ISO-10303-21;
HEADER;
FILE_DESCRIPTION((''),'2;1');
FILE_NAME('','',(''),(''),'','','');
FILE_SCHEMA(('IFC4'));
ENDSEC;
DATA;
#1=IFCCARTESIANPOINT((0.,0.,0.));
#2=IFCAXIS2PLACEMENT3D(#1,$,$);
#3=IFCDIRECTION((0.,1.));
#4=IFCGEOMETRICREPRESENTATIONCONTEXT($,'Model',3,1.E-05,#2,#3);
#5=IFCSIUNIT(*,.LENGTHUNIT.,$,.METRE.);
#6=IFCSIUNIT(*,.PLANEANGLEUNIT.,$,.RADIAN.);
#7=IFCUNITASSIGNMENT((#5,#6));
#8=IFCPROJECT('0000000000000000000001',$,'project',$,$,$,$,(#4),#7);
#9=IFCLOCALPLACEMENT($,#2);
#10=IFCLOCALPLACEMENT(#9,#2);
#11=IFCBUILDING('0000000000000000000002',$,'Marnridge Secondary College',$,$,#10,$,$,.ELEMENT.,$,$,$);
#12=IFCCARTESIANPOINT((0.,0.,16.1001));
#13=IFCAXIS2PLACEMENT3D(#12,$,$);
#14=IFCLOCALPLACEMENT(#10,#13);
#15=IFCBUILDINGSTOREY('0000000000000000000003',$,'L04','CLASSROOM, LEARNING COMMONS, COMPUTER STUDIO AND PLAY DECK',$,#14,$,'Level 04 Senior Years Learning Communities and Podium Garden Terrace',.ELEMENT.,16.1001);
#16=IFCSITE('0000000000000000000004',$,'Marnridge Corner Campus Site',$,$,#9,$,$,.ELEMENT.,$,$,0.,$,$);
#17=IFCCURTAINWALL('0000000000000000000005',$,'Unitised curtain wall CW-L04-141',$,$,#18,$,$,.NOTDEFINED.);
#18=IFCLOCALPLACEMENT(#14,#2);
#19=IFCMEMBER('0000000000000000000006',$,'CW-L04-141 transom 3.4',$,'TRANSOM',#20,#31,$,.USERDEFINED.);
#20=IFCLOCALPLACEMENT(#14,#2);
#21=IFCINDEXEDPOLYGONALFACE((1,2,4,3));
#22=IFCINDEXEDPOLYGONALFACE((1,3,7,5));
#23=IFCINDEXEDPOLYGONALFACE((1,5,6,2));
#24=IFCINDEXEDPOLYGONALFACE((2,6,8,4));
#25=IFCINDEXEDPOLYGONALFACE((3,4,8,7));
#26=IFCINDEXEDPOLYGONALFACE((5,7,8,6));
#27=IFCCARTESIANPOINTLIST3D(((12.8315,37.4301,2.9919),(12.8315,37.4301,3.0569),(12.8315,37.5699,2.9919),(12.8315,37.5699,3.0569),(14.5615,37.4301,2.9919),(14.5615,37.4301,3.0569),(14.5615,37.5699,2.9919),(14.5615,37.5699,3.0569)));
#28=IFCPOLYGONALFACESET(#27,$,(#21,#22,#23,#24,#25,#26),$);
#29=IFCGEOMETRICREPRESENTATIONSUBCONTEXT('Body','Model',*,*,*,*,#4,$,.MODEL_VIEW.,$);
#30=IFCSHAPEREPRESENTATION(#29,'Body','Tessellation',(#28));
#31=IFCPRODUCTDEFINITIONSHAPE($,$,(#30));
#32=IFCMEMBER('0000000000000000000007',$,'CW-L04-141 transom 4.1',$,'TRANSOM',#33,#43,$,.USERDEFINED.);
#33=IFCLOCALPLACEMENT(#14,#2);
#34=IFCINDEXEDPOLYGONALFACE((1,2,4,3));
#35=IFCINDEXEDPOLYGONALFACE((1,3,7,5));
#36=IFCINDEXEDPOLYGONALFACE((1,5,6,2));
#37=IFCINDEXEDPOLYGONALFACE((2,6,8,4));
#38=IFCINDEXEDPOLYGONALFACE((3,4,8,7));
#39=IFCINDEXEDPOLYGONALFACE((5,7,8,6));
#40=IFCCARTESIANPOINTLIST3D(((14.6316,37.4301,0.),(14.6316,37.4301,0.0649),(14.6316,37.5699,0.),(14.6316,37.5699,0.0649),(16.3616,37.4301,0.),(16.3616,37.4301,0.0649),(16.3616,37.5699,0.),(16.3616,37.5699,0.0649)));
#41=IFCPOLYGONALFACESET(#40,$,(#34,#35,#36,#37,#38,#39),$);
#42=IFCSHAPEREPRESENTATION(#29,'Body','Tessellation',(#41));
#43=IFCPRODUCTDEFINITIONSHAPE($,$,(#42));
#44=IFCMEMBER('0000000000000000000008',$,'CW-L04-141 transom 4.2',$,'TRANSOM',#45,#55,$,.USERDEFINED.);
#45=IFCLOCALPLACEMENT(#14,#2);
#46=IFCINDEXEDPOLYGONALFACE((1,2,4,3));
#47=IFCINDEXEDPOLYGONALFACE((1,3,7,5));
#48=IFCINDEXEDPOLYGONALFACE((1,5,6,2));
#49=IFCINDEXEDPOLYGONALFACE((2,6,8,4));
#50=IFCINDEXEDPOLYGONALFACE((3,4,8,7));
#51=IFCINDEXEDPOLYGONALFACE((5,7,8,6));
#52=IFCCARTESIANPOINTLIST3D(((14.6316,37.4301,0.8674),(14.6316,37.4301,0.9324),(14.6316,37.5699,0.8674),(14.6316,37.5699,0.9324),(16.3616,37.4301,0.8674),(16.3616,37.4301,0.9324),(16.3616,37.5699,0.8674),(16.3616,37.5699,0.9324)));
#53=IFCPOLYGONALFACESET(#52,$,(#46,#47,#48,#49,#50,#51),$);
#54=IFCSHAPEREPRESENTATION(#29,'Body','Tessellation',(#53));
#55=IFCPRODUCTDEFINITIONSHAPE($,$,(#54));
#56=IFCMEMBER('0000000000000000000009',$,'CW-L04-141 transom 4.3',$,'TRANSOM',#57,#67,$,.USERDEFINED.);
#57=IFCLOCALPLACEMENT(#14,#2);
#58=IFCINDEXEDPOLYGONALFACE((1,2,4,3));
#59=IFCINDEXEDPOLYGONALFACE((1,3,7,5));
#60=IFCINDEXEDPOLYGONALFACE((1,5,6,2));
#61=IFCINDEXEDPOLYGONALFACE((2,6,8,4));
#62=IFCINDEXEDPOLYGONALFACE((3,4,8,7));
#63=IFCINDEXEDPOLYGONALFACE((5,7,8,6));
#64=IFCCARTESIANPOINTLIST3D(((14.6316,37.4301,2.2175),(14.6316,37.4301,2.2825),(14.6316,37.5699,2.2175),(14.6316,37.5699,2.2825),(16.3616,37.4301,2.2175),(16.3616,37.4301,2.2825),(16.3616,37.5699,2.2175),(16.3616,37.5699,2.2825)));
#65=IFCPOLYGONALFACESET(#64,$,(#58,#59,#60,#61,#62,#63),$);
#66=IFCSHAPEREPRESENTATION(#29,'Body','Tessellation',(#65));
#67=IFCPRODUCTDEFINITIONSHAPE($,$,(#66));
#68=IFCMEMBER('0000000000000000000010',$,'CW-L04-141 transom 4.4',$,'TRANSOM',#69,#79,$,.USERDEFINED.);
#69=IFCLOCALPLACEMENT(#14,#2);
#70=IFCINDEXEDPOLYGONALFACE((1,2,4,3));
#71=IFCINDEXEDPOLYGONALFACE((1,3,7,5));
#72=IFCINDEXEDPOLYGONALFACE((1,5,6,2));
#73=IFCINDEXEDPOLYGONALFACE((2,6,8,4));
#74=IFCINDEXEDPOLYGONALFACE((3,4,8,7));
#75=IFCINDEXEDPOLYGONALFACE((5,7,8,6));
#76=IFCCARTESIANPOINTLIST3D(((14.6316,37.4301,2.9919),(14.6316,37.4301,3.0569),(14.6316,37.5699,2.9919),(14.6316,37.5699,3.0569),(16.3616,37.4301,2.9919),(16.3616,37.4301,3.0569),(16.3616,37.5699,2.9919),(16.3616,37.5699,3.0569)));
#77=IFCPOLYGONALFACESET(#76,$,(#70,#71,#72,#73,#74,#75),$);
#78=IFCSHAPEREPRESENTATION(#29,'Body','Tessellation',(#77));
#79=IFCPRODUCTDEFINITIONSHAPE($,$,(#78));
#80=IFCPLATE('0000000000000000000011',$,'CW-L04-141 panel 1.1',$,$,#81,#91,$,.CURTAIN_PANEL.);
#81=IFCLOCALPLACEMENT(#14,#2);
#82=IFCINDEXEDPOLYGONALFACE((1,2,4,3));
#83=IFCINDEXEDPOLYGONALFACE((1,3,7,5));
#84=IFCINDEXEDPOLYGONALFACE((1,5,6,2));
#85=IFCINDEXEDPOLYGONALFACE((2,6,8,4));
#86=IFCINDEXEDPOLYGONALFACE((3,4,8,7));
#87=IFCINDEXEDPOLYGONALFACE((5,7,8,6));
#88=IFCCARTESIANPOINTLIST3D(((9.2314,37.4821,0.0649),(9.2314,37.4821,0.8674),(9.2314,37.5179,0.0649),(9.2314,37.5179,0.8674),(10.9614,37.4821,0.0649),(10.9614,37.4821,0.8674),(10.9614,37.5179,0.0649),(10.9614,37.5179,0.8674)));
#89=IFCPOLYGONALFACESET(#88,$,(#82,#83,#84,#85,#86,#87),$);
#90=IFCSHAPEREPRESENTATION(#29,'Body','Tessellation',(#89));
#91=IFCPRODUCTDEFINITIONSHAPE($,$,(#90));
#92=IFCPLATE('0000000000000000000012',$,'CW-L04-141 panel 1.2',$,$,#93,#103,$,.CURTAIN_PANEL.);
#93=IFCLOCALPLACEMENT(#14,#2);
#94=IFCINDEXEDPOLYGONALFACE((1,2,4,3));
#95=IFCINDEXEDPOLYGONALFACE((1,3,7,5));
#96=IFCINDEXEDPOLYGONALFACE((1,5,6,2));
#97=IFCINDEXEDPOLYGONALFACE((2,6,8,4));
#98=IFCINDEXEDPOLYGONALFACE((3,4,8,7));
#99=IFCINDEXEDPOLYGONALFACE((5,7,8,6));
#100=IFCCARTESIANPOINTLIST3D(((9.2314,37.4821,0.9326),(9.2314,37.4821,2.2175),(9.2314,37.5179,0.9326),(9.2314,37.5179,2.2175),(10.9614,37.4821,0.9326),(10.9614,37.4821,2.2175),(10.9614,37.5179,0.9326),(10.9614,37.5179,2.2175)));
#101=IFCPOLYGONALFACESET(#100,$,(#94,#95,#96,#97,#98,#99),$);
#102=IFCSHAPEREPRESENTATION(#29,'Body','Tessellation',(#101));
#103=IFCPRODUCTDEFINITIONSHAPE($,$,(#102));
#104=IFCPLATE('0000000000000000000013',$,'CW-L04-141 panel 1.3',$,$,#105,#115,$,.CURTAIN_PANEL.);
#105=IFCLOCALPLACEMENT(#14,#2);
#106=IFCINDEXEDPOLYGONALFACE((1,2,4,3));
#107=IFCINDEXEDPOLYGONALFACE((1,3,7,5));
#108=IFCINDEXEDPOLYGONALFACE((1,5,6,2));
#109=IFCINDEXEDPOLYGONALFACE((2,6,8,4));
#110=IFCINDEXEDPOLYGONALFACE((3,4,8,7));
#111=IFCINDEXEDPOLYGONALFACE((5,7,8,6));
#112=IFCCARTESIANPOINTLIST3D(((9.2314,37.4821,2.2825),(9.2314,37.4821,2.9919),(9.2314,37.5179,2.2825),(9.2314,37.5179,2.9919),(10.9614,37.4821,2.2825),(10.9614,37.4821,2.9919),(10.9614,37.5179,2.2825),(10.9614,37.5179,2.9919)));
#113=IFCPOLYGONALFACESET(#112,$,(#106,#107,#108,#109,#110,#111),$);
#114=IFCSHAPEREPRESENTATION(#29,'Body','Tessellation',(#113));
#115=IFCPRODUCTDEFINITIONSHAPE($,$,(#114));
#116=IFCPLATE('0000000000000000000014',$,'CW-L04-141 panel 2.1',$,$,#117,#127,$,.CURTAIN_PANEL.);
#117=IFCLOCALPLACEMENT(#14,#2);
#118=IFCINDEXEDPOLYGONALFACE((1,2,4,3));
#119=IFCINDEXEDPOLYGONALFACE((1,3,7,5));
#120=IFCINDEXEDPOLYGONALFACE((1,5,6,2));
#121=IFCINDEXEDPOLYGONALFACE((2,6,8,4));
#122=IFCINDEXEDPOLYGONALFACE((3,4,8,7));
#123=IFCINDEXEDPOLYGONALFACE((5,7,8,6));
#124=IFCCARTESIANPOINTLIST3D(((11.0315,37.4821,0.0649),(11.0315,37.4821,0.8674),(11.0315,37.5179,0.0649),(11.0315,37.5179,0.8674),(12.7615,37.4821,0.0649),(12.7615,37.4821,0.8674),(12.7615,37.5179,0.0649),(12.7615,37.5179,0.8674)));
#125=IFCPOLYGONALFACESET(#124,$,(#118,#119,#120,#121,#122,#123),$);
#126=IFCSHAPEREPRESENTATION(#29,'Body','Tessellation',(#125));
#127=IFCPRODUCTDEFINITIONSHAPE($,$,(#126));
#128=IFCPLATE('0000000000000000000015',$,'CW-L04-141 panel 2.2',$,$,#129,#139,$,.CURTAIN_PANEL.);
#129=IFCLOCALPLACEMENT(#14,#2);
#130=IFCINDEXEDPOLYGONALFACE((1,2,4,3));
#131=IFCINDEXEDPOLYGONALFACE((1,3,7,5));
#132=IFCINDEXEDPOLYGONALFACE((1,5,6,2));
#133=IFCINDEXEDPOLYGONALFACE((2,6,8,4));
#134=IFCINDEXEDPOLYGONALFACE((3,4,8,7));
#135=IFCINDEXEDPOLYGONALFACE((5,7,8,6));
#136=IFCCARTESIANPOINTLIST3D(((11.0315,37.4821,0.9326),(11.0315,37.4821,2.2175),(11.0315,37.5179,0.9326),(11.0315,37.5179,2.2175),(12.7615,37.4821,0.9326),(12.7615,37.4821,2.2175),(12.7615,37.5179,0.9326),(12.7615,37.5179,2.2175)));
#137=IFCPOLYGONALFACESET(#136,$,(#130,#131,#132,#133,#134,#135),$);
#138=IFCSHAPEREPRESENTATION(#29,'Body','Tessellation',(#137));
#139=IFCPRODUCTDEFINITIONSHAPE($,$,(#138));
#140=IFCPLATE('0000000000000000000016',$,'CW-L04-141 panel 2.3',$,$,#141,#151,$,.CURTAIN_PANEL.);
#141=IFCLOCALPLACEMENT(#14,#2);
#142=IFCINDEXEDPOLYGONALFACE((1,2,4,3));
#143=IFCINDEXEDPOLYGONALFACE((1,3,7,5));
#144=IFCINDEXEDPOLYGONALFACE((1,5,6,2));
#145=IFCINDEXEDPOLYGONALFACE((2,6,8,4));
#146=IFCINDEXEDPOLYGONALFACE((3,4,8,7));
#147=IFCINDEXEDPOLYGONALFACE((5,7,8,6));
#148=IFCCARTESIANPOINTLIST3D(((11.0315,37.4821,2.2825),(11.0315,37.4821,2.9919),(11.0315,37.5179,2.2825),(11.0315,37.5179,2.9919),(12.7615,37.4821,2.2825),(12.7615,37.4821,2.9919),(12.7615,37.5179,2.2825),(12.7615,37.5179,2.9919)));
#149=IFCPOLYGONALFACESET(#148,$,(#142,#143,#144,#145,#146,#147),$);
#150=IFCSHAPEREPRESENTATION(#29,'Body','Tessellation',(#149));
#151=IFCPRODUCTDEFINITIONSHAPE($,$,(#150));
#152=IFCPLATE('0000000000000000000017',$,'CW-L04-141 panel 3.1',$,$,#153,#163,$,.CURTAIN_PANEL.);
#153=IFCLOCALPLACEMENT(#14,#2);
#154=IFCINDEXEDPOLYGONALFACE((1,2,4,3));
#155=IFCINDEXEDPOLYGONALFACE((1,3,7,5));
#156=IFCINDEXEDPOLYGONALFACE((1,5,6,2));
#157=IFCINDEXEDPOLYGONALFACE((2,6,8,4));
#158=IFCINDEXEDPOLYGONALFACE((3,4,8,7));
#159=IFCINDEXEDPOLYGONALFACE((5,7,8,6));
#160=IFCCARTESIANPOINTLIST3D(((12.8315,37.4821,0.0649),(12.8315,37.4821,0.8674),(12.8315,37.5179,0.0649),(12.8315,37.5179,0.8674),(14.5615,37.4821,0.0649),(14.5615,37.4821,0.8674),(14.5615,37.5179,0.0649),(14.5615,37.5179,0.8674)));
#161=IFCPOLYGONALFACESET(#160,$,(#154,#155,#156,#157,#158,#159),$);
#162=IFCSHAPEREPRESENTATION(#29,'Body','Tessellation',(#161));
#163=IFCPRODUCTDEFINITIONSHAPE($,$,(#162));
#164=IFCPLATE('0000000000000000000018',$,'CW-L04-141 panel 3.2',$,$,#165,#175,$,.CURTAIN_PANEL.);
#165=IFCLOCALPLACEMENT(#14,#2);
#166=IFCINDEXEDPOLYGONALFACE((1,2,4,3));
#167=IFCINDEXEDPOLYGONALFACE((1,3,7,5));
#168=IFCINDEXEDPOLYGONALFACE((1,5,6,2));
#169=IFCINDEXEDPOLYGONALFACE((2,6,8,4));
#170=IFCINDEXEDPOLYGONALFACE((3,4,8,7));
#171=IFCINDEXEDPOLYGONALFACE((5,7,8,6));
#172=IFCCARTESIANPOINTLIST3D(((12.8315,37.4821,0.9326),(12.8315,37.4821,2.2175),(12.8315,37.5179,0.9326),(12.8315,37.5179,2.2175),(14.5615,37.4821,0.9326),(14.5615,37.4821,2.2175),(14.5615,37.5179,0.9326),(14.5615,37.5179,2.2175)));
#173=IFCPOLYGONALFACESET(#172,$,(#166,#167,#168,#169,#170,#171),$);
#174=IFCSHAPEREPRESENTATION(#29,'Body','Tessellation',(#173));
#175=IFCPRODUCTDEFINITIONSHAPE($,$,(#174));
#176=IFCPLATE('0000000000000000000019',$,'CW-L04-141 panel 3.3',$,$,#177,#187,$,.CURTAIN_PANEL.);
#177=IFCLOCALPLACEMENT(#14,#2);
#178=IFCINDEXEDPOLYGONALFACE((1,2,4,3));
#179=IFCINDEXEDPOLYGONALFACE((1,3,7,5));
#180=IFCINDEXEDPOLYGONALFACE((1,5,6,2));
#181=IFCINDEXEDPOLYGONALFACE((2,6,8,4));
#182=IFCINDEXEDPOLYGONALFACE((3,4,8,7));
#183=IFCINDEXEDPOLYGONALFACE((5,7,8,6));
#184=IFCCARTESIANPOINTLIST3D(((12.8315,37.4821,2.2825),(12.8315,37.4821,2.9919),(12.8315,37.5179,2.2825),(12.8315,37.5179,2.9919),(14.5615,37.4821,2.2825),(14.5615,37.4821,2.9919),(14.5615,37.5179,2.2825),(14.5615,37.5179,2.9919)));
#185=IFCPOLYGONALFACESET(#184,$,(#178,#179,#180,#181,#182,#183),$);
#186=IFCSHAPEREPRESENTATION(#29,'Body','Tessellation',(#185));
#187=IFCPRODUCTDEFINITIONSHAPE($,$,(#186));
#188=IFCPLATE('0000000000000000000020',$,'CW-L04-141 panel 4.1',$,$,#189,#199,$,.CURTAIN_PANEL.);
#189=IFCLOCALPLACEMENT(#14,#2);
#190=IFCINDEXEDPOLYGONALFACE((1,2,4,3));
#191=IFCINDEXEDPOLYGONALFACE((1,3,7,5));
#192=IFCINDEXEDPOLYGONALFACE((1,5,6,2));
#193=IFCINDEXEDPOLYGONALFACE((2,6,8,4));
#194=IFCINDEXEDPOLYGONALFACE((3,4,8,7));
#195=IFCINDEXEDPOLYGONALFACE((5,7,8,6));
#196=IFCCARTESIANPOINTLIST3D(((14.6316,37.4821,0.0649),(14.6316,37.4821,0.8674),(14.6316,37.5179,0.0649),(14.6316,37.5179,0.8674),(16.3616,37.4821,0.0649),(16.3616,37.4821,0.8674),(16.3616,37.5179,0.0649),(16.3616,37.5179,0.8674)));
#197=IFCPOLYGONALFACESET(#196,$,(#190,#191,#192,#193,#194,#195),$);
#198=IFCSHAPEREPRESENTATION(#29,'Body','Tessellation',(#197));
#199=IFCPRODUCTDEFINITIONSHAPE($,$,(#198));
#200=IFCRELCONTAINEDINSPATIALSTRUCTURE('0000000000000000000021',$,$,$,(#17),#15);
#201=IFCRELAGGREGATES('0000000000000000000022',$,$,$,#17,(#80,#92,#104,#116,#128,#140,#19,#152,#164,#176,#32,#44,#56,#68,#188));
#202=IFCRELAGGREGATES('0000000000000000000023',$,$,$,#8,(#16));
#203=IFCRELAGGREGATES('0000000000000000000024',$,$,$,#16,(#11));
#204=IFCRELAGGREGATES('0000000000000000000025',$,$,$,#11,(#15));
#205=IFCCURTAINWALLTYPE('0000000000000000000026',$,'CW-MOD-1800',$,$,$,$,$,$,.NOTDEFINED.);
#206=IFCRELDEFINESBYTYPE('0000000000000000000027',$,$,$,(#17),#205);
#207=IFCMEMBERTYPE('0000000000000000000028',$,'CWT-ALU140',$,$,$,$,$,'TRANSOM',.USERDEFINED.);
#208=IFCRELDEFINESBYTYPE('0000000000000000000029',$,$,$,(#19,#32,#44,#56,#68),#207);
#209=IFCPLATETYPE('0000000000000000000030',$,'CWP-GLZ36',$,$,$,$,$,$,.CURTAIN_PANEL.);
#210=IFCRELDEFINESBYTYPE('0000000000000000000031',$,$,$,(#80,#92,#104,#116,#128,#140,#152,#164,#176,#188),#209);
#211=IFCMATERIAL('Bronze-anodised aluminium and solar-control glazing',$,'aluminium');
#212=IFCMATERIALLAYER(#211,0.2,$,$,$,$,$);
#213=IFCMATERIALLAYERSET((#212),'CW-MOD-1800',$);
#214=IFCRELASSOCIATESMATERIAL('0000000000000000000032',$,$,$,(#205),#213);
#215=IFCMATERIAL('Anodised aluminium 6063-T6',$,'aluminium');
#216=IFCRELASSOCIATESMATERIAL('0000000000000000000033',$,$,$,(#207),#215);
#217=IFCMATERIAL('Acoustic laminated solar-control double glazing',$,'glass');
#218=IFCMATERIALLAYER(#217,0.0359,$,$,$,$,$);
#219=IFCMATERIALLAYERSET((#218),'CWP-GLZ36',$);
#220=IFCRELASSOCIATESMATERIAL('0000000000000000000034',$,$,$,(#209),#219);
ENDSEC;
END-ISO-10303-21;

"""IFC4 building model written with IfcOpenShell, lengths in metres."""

from ifc_helpers import new_model, si_unit, direction, frame, origin, origin_2d, place, context, subcontext, project, spatial, rectangle, extrude, material, layer, layer_set, material_profile, profile_set, type_object, element, aggregate, save


model = new_model("IFC4")

# Units and contexts
model_context = context("Model", 3, precision=1e-05, world=origin(), true_north=direction((0.0, 1.0)))
body_context = subcontext(model_context, "Body", "Model", "MODEL_VIEW")
ifc_project = project(units=[si_unit("LENGTHUNIT", "METRE"), si_unit("PLANEANGLEUNIT", "RADIAN")], contexts=[model_context])

# Site, building, storey
site_placement = place(None, origin())
site = spatial("IfcSite", under=ifc_project, at=site_placement, Name="Marnridge Corner Campus Site", CompositionType="ELEMENT", RefElevation=0.0)
building_placement = place(site_placement, origin())
building = spatial("IfcBuilding", under=site, at=building_placement, Name="Marnridge Secondary College", CompositionType="ELEMENT")
storey_placement = place(building_placement, frame((0.0, 0.0, 16.1001)))
storey = spatial("IfcBuildingStorey", under=building, at=storey_placement, Name="L04", Description="CLASSROOM, LEARNING COMMONS, COMPUTER STUDIO AND PLAY DECK", LongName="Level 04 Senior Years Learning Communities and Podium Garden Terrace", CompositionType="ELEMENT", Elevation=16.1001)

# Curtain wall, members, plates
ifc_material_1 = material(Name="Bronze-anodised aluminium and solar-control glazing", Category="aluminium")
ifc_layer_1 = layer(ifc_material_1, 0.2)
ifc_layer_set_1 = layer_set([ifc_layer_1], Name="CW-MOD-1800")
curtain_wall_type = type_object("IfcCurtainWallType", Name="CW-MOD-1800", PredefinedType="NOTDEFINED", material=ifc_layer_set_1)
curtain_wall_placement = place(storey_placement, origin())
curtain_wall = element("IfcCurtainWall", 1, at=curtain_wall_placement, inside=storey, type_object=curtain_wall_type, Name="Unitised curtain wall CW-L04-141", PredefinedType="NOTDEFINED")
ifc_material_2 = material(Name="Anodised aluminium 6063-T6", Category="aluminium")
ifc_material_profile_1 = material_profile(ifc_material_2, rectangle(XDim=0.0649, YDim=0.1399, at=origin_2d()), Name="ALU 65x140")
ifc_profile_set_1 = profile_set([ifc_material_profile_1], Name="Anodised aluminium 6063-T6")
member_type_1 = type_object("IfcMemberType", Name="CWT-ALU140", ElementType="TRANSOM", PredefinedType="USERDEFINED", material=ifc_profile_set_1)
member_1_placement = place(storey_placement, frame((12.8315, 37.5, 3.0244), z_axis=(1.0, 0.0, 0.0), x_axis=(0.0, 0.0, 1.0)))
member_1 = element("IfcMember", 2, at=member_1_placement, type_object=member_type_1, Name="CW-L04-141 transom 3.4", ObjectType="TRANSOM", PredefinedType="USERDEFINED", context=body_context, shape_type="SweptSolid", body=[
    extrude(rectangle(XDim=0.0649, YDim=0.1399, at=origin_2d()), origin(), (0.0, 0.0, 1.0), 1.73),
])
member_2_placement = place(storey_placement, frame((14.6316, 37.5, 0.0325), z_axis=(1.0, 0.0, 0.0), x_axis=(0.0, 0.0, 1.0)))
member_2 = element("IfcMember", 3, at=member_2_placement, type_object=member_type_1, Name="CW-L04-141 transom 4.1", ObjectType="TRANSOM", PredefinedType="USERDEFINED", context=body_context, shape_type="SweptSolid", body=[
    extrude(rectangle(XDim=0.0649, YDim=0.1399, at=origin_2d()), origin(), (0.0, 0.0, 1.0), 1.73),
])
member_3_placement = place(storey_placement, frame((14.6316, 37.5, 0.8999), z_axis=(1.0, 0.0, 0.0), x_axis=(0.0, 0.0, 1.0)))
member_3 = element("IfcMember", 4, at=member_3_placement, type_object=member_type_1, Name="CW-L04-141 transom 4.2", ObjectType="TRANSOM", PredefinedType="USERDEFINED", context=body_context, shape_type="SweptSolid", body=[
    extrude(rectangle(XDim=0.0649, YDim=0.1399, at=origin_2d()), origin(), (0.0, 0.0, 1.0), 1.73),
])
member_4_placement = place(storey_placement, frame((14.6316, 37.5, 2.25), z_axis=(1.0, 0.0, 0.0), x_axis=(0.0, 0.0, 1.0)))
member_4 = element("IfcMember", 5, at=member_4_placement, type_object=member_type_1, Name="CW-L04-141 transom 4.3", ObjectType="TRANSOM", PredefinedType="USERDEFINED", context=body_context, shape_type="SweptSolid", body=[
    extrude(rectangle(XDim=0.0649, YDim=0.1399, at=origin_2d()), origin(), (0.0, 0.0, 1.0), 1.73),
])
member_5_placement = place(storey_placement, frame((14.6316, 37.5, 3.0244), z_axis=(1.0, 0.0, 0.0), x_axis=(0.0, 0.0, 1.0)))
member_5 = element("IfcMember", 6, at=member_5_placement, type_object=member_type_1, Name="CW-L04-141 transom 4.4", ObjectType="TRANSOM", PredefinedType="USERDEFINED", context=body_context, shape_type="SweptSolid", body=[
    extrude(rectangle(XDim=0.0649, YDim=0.1399, at=origin_2d()), origin(), (0.0, 0.0, 1.0), 1.73),
])
ifc_material_3 = material(Name="Acoustic laminated solar-control double glazing", Category="glass")
ifc_layer_2 = layer(ifc_material_3, 0.0359)
ifc_layer_set_2 = layer_set([ifc_layer_2], Name="CWP-GLZ36")
plate_type = type_object("IfcPlateType", Name="CWP-GLZ36", PredefinedType="CURTAIN_PANEL", material=ifc_layer_set_2)
plate_1_placement = place(storey_placement, frame((10.0964, 37.5, 0.0649), z_axis=(0.0, 0.0, 1.0), x_axis=(1.0, 0.0, 0.0)))
plate_1 = element("IfcPlate", 7, at=plate_1_placement, type_object=plate_type, Name="CW-L04-141 panel 1.1", PredefinedType="CURTAIN_PANEL", context=body_context, shape_type="SweptSolid", body=[
    extrude(rectangle(XDim=1.73, YDim=0.0359, at=origin_2d()), origin(), (0.0, 0.0, 1.0), 0.8025),
])
plate_2_placement = place(storey_placement, frame((10.0964, 37.5, 0.9326), z_axis=(0.0, 0.0, 1.0), x_axis=(1.0, 0.0, 0.0)))
plate_2 = element("IfcPlate", 8, at=plate_2_placement, type_object=plate_type, Name="CW-L04-141 panel 1.2", PredefinedType="CURTAIN_PANEL", context=body_context, shape_type="SweptSolid", body=[
    extrude(rectangle(XDim=1.73, YDim=0.0359, at=origin_2d()), origin(), (0.0, 0.0, 1.0), 1.2849),
])
plate_3_placement = place(storey_placement, frame((10.0964, 37.5, 2.2825), z_axis=(0.0, 0.0, 1.0), x_axis=(1.0, 0.0, 0.0)))
plate_3 = element("IfcPlate", 9, at=plate_3_placement, type_object=plate_type, Name="CW-L04-141 panel 1.3", PredefinedType="CURTAIN_PANEL", context=body_context, shape_type="SweptSolid", body=[
    extrude(rectangle(XDim=1.73, YDim=0.0359, at=origin_2d()), origin(), (0.0, 0.0, 1.0), 0.7095),
])
plate_4_placement = place(storey_placement, frame((11.8965, 37.5, 0.0649), z_axis=(0.0, 0.0, 1.0), x_axis=(1.0, 0.0, 0.0)))
plate_4 = element("IfcPlate", 10, at=plate_4_placement, type_object=plate_type, Name="CW-L04-141 panel 2.1", PredefinedType="CURTAIN_PANEL", context=body_context, shape_type="SweptSolid", body=[
    extrude(rectangle(XDim=1.73, YDim=0.0359, at=origin_2d()), origin(), (0.0, 0.0, 1.0), 0.8025),
])
plate_5_placement = place(storey_placement, frame((11.8965, 37.5, 0.9326), z_axis=(0.0, 0.0, 1.0), x_axis=(1.0, 0.0, 0.0)))
plate_5 = element("IfcPlate", 11, at=plate_5_placement, type_object=plate_type, Name="CW-L04-141 panel 2.2", PredefinedType="CURTAIN_PANEL", context=body_context, shape_type="SweptSolid", body=[
    extrude(rectangle(XDim=1.73, YDim=0.0359, at=origin_2d()), origin(), (0.0, 0.0, 1.0), 1.2849),
])
plate_6_placement = place(storey_placement, frame((11.8965, 37.5, 2.2825), z_axis=(0.0, 0.0, 1.0), x_axis=(1.0, 0.0, 0.0)))
plate_6 = element("IfcPlate", 12, at=plate_6_placement, type_object=plate_type, Name="CW-L04-141 panel 2.3", PredefinedType="CURTAIN_PANEL", context=body_context, shape_type="SweptSolid", body=[
    extrude(rectangle(XDim=1.73, YDim=0.0359, at=origin_2d()), origin(), (0.0, 0.0, 1.0), 0.7095),
])
plate_7_placement = place(storey_placement, frame((13.6965, 37.5, 0.0649), z_axis=(0.0, 0.0, 1.0), x_axis=(1.0, 0.0, 0.0)))
plate_7 = element("IfcPlate", 13, at=plate_7_placement, type_object=plate_type, Name="CW-L04-141 panel 3.1", PredefinedType="CURTAIN_PANEL", context=body_context, shape_type="SweptSolid", body=[
    extrude(rectangle(XDim=1.73, YDim=0.0359, at=origin_2d()), origin(), (0.0, 0.0, 1.0), 0.8025),
])
plate_8_placement = place(storey_placement, frame((13.6965, 37.5, 0.9326), z_axis=(0.0, 0.0, 1.0), x_axis=(1.0, 0.0, 0.0)))
plate_8 = element("IfcPlate", 14, at=plate_8_placement, type_object=plate_type, Name="CW-L04-141 panel 3.2", PredefinedType="CURTAIN_PANEL", context=body_context, shape_type="SweptSolid", body=[
    extrude(rectangle(XDim=1.73, YDim=0.0359, at=origin_2d()), origin(), (0.0, 0.0, 1.0), 1.2849),
])
plate_9_placement = place(storey_placement, frame((13.6965, 37.5, 2.2825), z_axis=(0.0, 0.0, 1.0), x_axis=(1.0, 0.0, 0.0)))
plate_9 = element("IfcPlate", 15, at=plate_9_placement, type_object=plate_type, Name="CW-L04-141 panel 3.3", PredefinedType="CURTAIN_PANEL", context=body_context, shape_type="SweptSolid", body=[
    extrude(rectangle(XDim=1.73, YDim=0.0359, at=origin_2d()), origin(), (0.0, 0.0, 1.0), 0.7095),
])
plate_10_placement = place(storey_placement, frame((15.4966, 37.5, 0.0649), z_axis=(0.0, 0.0, 1.0), x_axis=(1.0, 0.0, 0.0)))
plate_10 = element("IfcPlate", 16, at=plate_10_placement, type_object=plate_type, Name="CW-L04-141 panel 4.1", PredefinedType="CURTAIN_PANEL", context=body_context, shape_type="SweptSolid", body=[
    extrude(rectangle(XDim=1.73, YDim=0.0359, at=origin_2d()), origin(), (0.0, 0.0, 1.0), 0.8025),
])
aggregate(curtain_wall, [plate_1, plate_2, plate_3, plate_4, plate_5, plate_6, member_1, plate_7, plate_8, plate_9, member_2, member_3, member_4, member_5, plate_10])

save(model, "model.ifc")
